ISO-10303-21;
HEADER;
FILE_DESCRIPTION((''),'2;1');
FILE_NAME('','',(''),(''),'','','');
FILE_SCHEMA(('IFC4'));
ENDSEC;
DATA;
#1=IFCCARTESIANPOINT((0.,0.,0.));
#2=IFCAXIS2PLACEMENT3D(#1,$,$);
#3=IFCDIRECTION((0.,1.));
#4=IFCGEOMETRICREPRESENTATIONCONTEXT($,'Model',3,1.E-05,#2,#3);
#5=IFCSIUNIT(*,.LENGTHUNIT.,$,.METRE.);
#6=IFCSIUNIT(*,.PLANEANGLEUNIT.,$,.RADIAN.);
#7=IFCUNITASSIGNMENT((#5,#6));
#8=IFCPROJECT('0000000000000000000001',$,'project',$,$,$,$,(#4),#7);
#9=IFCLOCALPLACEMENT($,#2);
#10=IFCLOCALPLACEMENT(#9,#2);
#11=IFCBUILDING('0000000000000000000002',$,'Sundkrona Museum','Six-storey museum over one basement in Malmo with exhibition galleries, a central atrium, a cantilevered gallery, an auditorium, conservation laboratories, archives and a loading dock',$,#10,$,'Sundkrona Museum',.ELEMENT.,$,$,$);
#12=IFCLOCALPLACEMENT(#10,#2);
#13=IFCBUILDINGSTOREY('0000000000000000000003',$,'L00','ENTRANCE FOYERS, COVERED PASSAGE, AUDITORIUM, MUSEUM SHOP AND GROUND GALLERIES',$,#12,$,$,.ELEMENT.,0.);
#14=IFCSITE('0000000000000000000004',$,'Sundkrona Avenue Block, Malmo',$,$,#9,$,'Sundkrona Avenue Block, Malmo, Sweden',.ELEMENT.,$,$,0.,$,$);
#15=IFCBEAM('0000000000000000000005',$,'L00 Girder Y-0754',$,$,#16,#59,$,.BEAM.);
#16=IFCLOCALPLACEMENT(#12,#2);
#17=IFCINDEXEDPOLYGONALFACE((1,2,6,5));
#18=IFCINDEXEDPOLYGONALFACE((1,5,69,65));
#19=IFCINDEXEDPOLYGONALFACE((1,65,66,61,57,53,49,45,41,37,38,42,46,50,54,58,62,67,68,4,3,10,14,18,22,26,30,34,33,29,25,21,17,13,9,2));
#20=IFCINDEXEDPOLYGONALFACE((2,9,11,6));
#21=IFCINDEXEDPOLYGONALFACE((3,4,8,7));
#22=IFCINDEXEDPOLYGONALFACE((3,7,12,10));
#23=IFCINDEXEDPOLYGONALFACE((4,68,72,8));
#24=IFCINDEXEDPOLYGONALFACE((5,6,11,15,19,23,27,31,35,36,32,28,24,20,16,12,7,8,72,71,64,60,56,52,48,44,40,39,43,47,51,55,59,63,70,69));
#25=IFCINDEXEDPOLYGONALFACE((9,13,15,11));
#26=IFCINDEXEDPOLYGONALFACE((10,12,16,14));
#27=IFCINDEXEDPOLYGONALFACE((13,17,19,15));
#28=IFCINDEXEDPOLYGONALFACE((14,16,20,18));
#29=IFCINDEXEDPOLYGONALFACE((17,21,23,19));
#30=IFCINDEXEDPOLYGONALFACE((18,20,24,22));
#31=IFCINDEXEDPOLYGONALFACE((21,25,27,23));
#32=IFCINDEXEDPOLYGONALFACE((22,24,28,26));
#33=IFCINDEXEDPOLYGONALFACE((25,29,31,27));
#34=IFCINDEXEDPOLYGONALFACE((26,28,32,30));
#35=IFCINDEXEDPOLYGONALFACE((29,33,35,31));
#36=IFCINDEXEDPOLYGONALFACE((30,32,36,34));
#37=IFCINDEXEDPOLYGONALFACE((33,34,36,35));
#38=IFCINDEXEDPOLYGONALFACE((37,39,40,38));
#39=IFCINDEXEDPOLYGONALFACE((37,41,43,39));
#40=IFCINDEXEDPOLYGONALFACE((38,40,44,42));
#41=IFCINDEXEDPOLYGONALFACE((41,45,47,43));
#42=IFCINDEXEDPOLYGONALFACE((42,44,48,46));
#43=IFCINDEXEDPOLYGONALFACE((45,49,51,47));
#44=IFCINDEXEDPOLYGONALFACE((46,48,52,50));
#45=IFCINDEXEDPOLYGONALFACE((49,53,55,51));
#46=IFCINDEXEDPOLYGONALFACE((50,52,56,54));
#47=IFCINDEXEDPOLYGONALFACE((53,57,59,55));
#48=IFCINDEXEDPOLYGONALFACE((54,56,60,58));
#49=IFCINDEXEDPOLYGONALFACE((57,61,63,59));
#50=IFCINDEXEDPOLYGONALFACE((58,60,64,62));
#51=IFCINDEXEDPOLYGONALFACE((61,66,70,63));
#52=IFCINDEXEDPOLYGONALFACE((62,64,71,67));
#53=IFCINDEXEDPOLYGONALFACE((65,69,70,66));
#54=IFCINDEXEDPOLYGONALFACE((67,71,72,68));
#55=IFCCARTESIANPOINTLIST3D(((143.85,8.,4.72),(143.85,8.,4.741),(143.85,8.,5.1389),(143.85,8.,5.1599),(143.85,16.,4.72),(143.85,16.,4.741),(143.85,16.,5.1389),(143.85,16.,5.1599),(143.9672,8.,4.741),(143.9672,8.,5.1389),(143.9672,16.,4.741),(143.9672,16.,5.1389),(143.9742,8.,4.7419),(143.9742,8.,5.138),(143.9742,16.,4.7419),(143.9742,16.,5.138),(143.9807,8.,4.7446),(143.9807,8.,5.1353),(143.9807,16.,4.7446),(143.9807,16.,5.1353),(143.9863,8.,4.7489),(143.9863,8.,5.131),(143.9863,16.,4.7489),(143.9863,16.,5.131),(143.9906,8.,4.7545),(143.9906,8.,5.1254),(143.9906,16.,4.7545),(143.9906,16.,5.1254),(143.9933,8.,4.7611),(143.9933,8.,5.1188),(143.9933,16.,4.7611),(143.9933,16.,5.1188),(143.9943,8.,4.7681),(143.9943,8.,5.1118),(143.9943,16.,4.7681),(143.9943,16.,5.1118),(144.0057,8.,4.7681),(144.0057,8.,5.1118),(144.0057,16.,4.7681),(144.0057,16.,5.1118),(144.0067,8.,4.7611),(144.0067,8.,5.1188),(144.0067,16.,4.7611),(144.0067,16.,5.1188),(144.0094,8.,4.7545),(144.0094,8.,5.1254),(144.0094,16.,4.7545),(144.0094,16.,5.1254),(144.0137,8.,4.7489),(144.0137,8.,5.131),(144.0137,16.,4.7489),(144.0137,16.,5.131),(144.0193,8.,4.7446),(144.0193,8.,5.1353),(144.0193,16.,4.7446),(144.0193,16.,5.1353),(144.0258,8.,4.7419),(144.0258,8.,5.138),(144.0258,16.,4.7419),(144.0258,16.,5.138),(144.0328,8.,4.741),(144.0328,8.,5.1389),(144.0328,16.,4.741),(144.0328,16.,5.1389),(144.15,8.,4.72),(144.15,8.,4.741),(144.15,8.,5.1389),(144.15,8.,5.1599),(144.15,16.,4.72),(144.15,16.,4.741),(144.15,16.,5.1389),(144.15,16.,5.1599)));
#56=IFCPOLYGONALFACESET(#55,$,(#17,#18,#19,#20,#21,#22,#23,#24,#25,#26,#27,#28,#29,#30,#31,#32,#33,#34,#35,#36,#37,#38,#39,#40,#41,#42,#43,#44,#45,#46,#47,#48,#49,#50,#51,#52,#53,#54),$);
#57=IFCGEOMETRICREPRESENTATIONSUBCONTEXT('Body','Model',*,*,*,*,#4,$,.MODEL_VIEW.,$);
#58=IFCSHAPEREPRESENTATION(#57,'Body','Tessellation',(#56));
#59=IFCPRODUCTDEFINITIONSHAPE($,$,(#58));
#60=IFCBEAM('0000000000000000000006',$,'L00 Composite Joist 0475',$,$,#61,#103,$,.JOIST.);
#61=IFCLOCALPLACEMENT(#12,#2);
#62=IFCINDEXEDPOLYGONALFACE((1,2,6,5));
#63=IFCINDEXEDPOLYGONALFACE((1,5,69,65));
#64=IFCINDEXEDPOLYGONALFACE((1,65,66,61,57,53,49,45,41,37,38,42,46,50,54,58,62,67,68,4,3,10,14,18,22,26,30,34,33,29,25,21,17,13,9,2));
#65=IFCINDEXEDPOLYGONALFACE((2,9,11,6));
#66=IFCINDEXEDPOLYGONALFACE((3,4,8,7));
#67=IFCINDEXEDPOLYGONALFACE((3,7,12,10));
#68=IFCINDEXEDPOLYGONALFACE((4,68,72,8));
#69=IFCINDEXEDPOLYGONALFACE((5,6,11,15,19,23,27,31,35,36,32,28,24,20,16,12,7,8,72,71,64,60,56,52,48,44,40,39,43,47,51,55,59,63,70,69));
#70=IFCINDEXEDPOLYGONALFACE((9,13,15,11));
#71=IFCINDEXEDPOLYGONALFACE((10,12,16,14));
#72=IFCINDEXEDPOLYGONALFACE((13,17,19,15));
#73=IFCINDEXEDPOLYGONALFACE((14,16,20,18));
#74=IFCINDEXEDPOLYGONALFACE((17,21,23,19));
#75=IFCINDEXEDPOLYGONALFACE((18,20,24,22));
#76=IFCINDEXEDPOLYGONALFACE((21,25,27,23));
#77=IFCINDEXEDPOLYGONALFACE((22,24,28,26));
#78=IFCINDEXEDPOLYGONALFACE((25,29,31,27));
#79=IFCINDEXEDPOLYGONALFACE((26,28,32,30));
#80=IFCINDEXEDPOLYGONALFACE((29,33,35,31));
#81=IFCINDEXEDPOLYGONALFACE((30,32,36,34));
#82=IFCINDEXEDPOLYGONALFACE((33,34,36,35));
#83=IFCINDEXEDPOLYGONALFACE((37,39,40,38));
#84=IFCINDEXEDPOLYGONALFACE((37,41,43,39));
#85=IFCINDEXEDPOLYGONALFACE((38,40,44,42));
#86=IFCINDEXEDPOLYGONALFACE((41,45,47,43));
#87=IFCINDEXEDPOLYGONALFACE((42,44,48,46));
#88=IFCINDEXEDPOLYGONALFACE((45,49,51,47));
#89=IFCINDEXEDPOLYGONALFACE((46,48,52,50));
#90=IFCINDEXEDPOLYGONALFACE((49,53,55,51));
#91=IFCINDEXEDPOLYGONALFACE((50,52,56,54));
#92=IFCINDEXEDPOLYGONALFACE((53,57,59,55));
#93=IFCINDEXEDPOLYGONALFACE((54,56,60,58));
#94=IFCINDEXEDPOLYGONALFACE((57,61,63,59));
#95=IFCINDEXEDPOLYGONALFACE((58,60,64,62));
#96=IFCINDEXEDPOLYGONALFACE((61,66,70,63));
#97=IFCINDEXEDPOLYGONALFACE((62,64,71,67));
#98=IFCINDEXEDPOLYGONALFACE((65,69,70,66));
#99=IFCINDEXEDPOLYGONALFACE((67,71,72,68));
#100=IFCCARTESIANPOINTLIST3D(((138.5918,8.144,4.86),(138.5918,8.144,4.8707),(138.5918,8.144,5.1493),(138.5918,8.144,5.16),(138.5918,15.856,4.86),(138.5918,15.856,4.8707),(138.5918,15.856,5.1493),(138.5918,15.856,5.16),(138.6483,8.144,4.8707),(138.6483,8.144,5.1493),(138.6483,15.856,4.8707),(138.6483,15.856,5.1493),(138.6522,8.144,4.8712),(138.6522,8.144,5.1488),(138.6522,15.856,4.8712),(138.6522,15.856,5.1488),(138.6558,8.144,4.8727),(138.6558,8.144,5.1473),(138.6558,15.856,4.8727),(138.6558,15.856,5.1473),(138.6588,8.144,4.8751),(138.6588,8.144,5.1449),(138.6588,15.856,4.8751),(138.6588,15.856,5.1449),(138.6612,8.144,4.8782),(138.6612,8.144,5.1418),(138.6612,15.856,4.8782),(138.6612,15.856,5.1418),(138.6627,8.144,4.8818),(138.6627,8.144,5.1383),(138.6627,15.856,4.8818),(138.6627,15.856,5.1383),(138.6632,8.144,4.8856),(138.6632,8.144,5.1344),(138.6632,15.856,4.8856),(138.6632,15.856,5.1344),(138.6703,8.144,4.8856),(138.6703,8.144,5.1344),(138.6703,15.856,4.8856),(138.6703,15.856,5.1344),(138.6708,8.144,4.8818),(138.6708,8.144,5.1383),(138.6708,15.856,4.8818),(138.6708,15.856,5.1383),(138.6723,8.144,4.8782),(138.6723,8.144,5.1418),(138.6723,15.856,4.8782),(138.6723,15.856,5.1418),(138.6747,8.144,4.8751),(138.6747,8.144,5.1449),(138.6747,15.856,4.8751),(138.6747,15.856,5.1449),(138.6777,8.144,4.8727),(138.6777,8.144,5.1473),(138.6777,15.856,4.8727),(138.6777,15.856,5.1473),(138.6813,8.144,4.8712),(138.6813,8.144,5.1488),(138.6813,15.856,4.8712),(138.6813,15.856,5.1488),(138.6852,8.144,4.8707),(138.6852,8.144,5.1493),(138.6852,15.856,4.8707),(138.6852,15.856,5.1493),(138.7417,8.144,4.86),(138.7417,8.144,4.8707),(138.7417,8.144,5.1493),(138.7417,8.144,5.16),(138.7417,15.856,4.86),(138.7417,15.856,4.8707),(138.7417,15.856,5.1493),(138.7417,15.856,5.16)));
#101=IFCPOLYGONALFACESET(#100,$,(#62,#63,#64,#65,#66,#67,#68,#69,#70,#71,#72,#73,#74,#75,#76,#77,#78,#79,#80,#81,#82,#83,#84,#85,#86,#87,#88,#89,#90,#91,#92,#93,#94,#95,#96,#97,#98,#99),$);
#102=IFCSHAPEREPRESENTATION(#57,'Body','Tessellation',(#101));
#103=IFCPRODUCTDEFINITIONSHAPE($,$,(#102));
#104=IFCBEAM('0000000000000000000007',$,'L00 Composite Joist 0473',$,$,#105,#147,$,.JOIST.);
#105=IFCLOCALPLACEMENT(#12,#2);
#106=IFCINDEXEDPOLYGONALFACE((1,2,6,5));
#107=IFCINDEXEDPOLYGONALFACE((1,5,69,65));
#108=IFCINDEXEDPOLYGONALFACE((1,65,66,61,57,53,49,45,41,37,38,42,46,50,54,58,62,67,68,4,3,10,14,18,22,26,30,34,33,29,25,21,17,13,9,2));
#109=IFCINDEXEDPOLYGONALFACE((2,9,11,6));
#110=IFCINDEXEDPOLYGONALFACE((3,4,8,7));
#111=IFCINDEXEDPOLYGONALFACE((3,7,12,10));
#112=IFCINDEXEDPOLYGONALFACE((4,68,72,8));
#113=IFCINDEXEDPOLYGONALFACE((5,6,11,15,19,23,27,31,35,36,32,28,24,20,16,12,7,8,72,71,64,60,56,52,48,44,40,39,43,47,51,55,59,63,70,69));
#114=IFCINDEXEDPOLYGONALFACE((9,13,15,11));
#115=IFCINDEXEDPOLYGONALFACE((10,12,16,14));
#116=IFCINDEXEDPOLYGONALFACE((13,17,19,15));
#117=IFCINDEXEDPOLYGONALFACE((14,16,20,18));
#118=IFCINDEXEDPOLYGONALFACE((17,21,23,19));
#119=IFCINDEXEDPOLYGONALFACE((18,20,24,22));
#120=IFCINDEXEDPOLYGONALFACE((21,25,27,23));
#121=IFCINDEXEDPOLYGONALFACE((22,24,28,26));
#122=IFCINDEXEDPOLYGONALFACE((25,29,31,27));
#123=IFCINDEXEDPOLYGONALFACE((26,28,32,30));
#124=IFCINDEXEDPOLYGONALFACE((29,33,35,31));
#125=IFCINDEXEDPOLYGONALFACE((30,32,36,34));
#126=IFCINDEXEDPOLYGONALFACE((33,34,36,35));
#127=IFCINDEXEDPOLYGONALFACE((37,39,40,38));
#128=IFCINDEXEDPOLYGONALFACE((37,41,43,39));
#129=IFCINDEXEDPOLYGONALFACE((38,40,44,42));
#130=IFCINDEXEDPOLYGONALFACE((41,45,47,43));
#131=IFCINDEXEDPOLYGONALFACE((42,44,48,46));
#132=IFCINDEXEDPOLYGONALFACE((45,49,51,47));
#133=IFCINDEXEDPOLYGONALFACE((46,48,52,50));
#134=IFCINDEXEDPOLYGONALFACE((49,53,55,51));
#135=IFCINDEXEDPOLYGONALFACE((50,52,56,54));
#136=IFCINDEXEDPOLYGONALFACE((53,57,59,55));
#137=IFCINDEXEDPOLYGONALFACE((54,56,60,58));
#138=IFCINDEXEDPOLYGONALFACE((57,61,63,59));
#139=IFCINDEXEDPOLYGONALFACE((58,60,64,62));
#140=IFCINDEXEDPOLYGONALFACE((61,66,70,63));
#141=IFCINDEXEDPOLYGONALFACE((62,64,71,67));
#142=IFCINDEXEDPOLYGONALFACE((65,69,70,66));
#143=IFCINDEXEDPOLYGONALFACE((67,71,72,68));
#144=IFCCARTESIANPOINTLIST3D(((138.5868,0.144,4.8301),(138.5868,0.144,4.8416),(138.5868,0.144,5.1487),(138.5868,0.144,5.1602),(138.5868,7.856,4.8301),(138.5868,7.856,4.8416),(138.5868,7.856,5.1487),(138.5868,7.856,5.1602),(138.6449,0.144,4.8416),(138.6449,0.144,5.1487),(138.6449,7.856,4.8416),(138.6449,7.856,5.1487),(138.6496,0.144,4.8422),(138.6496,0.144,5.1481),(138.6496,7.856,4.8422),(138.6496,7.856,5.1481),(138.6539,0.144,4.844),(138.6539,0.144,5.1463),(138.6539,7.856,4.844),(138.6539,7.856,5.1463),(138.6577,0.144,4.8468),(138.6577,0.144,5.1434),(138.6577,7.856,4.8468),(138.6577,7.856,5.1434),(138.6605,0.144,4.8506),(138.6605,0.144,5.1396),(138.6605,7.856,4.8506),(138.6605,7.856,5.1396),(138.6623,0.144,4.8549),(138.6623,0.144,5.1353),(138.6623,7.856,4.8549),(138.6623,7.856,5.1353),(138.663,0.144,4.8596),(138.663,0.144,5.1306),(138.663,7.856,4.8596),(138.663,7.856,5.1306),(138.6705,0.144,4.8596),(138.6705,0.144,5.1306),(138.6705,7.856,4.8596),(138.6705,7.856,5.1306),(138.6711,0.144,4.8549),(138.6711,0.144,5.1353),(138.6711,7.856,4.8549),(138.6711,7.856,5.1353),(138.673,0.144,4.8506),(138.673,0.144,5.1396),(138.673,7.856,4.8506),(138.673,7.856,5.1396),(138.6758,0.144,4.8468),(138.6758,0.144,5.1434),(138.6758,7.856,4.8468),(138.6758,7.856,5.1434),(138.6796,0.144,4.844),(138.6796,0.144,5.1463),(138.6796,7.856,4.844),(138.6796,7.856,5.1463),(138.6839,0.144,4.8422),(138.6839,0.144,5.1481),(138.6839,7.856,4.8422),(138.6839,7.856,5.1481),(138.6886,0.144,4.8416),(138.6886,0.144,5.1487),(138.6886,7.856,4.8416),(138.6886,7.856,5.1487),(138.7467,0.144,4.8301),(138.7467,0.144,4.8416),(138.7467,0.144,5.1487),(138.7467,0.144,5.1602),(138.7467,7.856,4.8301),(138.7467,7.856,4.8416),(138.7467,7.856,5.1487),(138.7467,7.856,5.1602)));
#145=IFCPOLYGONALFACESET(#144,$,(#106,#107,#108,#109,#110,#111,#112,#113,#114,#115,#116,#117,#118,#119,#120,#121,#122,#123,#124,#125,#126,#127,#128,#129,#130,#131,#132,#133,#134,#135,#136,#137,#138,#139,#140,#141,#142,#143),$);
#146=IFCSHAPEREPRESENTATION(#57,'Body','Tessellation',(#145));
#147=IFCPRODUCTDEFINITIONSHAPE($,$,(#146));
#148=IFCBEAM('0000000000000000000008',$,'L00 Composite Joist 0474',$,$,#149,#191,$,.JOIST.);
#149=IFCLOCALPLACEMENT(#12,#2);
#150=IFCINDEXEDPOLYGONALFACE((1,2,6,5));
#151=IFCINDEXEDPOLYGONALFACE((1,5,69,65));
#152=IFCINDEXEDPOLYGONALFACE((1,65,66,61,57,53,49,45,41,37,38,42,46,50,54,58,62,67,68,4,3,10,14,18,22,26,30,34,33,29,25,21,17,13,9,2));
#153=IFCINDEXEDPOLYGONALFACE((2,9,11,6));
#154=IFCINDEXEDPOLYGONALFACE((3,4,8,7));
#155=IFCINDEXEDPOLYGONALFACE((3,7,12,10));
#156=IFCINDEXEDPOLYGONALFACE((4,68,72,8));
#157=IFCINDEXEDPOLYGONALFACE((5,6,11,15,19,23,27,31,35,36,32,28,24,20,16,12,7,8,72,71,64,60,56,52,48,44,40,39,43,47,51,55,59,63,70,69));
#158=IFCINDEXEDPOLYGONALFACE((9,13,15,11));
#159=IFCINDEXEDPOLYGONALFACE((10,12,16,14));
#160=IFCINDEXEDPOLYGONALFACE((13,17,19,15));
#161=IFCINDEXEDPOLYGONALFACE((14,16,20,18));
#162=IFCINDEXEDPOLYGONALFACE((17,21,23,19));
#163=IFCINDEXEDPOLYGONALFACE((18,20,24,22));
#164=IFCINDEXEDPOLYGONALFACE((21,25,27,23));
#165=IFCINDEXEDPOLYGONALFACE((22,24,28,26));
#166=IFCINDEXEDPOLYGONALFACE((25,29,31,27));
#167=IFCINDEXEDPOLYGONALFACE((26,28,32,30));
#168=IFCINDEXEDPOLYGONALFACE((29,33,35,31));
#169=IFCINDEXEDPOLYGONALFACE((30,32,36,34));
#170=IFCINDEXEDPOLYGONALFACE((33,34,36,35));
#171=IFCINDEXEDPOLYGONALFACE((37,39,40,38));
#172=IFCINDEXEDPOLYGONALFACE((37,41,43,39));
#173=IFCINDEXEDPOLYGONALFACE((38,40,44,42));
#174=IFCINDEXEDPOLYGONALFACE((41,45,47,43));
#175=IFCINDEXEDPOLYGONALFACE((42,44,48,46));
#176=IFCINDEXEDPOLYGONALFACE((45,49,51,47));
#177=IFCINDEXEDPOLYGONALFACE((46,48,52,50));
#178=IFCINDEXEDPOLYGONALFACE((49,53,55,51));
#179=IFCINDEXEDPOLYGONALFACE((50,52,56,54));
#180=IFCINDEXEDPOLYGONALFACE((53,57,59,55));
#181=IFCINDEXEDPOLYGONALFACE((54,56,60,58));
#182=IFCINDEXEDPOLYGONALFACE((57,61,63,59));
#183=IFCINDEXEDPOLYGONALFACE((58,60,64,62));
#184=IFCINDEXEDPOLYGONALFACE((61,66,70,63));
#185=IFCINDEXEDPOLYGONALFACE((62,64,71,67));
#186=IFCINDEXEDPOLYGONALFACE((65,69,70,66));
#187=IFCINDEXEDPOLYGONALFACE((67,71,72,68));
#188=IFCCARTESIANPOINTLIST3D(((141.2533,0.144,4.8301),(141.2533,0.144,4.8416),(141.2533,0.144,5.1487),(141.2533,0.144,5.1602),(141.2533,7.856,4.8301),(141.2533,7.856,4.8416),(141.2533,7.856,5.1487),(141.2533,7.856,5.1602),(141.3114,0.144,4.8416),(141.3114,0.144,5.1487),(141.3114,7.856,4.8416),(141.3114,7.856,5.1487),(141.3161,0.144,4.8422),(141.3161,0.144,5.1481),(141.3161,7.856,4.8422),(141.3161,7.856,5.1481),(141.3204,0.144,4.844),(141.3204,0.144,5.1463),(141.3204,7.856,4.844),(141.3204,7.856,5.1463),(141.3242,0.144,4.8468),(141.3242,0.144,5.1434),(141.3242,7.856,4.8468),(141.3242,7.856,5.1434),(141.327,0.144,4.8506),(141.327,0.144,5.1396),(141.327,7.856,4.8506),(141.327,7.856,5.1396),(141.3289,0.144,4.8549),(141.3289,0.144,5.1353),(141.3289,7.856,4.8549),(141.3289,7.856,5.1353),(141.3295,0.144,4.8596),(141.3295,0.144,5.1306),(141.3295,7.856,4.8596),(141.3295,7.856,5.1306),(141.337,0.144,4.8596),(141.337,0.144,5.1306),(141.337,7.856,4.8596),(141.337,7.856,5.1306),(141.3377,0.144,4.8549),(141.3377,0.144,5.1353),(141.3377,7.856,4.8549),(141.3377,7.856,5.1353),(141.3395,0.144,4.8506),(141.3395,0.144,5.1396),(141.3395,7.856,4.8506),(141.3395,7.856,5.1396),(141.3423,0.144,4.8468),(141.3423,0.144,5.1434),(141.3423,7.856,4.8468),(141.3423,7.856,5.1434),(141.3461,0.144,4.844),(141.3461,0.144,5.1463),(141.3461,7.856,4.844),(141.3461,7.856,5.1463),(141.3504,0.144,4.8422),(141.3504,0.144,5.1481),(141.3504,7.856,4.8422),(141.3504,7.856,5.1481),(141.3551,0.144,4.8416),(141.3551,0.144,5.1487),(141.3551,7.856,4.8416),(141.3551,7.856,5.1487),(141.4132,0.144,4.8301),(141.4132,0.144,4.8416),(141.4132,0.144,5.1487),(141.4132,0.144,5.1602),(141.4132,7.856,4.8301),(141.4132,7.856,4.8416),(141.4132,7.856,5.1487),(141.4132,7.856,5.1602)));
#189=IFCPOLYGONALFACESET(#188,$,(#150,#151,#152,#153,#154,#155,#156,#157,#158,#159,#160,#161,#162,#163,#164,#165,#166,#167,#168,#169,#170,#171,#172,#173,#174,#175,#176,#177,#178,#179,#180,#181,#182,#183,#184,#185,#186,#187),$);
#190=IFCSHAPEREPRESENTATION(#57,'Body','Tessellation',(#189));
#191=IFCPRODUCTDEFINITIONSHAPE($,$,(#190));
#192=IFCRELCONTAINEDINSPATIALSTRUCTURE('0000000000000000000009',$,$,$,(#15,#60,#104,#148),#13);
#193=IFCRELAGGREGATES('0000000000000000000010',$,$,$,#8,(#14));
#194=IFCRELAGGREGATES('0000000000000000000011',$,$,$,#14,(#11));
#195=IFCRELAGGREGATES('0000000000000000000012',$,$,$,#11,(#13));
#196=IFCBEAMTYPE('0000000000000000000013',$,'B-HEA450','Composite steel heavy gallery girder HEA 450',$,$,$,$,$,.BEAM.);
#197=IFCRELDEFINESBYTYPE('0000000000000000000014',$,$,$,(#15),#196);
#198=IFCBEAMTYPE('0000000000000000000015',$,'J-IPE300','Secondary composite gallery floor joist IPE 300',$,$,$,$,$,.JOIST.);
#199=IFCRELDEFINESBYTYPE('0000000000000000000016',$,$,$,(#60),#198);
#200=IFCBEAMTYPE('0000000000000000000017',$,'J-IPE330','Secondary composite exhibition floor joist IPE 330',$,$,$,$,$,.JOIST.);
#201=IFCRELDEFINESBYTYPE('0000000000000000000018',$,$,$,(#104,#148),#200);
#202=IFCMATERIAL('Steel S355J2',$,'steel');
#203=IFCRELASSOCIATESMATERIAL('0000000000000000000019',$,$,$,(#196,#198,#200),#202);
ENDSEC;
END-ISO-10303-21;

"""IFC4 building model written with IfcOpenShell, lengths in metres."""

from ifc_helpers import new_model, si_unit, direction, frame, origin, origin_2d, place, context, subcontext, project, spatial, i_section, extrude, material, material_profile, profile_set, type_object, element, save


model = new_model("IFC4")

# Units and contexts
model_context = context("Model", 3, precision=1e-05, world=origin(), true_north=direction((0.0, 1.0)))
body_context = subcontext(model_context, "Body", "Model", "MODEL_VIEW")
ifc_project = project(units=[si_unit("LENGTHUNIT", "METRE"), si_unit("PLANEANGLEUNIT", "RADIAN")], contexts=[model_context])

# Site, building, storey
site_placement = place(None, origin())
site = spatial("IfcSite", under=ifc_project, at=site_placement, Name="Sundkrona Avenue Block, Malmo", LongName="Sundkrona Avenue Block, Malmo, Sweden", CompositionType="ELEMENT", RefElevation=0.0)
building_placement = place(site_placement, origin())
building = spatial("IfcBuilding", under=site, at=building_placement, Name="Sundkrona Museum", Description="Six-storey museum over one basement in Malmo with exhibition galleries, a central atrium, a cantilevered gallery, an auditorium, conservation laboratories, archives and a loading dock", LongName="Sundkrona Museum", CompositionType="ELEMENT")
storey_placement = place(building_placement, origin())
storey = spatial("IfcBuildingStorey", under=building, at=storey_placement, Name="L00", Description="ENTRANCE FOYERS, COVERED PASSAGE, AUDITORIUM, MUSEUM SHOP AND GROUND GALLERIES", CompositionType="ELEMENT", Elevation=0.0)

# Shared definitions
ifc_material_1 = material(Name="Steel S355J2", Category="steel")

# Beams
ifc_material_profile_1 = material_profile(ifc_material_1, i_section(OverallWidth=0.3, OverallDepth=0.4399, WebThickness=0.0115, FlangeThickness=0.021, FilletRadius=0.0271, at=origin_2d()), Name="HEA 450")
ifc_profile_set_1 = profile_set([ifc_material_profile_1], Name="Steel S355J2")
beam_type_1 = type_object("IfcBeamType", Name="B-HEA450", Description="Composite steel heavy gallery girder HEA 450", PredefinedType="BEAM", material=ifc_profile_set_1)
for number, where, z_axis, x_axis, name in (
    (1, (144.0, 8.0, 4.9399), (0.0, 1.0, 0.0), (-1.0, 0.0, 0.0), "L00 Girder Y-0754"),
):
    element("IfcBeam", number, at=place(storey_placement, frame(where, z_axis=z_axis, x_axis=x_axis)), inside=storey, type_object=beam_type_1, Name=name, PredefinedType="BEAM", context=body_context, shape_type="SweptSolid", body=[
        extrude(i_section(OverallWidth=0.3, OverallDepth=0.4399, WebThickness=0.0115, FlangeThickness=0.021, FilletRadius=0.0271, at=origin_2d()), origin(), (0.0, 0.0, 1.0), 8.0),
    ])
ifc_material_profile_2 = material_profile(ifc_material_1, i_section(OverallWidth=0.1499, OverallDepth=0.3, WebThickness=0.0071, FlangeThickness=0.0107, FilletRadius=0.0149, at=origin_2d()), Name="IPE 300")
ifc_profile_set_2 = profile_set([ifc_material_profile_2], Name="Steel S355J2")
beam_type_2 = type_object("IfcBeamType", Name="J-IPE300", Description="Secondary composite gallery floor joist IPE 300", PredefinedType="JOIST", material=ifc_profile_set_2)
beam_1_placement = place(storey_placement, frame((138.6667, 8.144, 5.01), z_axis=(0.0, 1.0, 0.0), x_axis=(-1.0, 0.0, 0.0)))
element("IfcBeam", 2, at=beam_1_placement, inside=storey, type_object=beam_type_2, Name="L00 Composite Joist 0475", PredefinedType="JOIST", context=body_context, shape_type="SweptSolid", body=[
    extrude(i_section(OverallWidth=0.1499, OverallDepth=0.3, WebThickness=0.0071, FlangeThickness=0.0107, FilletRadius=0.0149, at=origin_2d()), origin(), (0.0, 0.0, 1.0), 7.7119),
])
ifc_material_profile_3 = material_profile(ifc_material_1, i_section(OverallWidth=0.1599, OverallDepth=0.3301, WebThickness=0.0076, FlangeThickness=0.0115, FilletRadius=0.0181, at=origin_2d()), Name="IPE 330")
ifc_profile_set_3 = profile_set([ifc_material_profile_3], Name="Steel S355J2")
beam_type_3 = type_object("IfcBeamType", Name="J-IPE330", Description="Secondary composite exhibition floor joist IPE 330", PredefinedType="JOIST", material=ifc_profile_set_3)
for number, where, z_axis, x_axis, name in (
    (3, (138.6667, 0.144, 4.9951), (0.0, 1.0, 0.0), (-1.0, 0.0, 0.0), "L00 Composite Joist 0473"),
    (4, (141.3333, 0.144, 4.9951), (0.0, 1.0, 0.0), (-1.0, 0.0, 0.0), "L00 Composite Joist 0474"),
):
    element("IfcBeam", number, at=place(storey_placement, frame(where, z_axis=z_axis, x_axis=x_axis)), inside=storey, type_object=beam_type_3, Name=name, PredefinedType="JOIST", context=body_context, shape_type="SweptSolid", body=[
        extrude(i_section(OverallWidth=0.1599, OverallDepth=0.3301, WebThickness=0.0076, FlangeThickness=0.0115, FilletRadius=0.0181, at=origin_2d()), origin(), (0.0, 0.0, 1.0), 7.7119),
    ])

save(model, "model.ifc")
